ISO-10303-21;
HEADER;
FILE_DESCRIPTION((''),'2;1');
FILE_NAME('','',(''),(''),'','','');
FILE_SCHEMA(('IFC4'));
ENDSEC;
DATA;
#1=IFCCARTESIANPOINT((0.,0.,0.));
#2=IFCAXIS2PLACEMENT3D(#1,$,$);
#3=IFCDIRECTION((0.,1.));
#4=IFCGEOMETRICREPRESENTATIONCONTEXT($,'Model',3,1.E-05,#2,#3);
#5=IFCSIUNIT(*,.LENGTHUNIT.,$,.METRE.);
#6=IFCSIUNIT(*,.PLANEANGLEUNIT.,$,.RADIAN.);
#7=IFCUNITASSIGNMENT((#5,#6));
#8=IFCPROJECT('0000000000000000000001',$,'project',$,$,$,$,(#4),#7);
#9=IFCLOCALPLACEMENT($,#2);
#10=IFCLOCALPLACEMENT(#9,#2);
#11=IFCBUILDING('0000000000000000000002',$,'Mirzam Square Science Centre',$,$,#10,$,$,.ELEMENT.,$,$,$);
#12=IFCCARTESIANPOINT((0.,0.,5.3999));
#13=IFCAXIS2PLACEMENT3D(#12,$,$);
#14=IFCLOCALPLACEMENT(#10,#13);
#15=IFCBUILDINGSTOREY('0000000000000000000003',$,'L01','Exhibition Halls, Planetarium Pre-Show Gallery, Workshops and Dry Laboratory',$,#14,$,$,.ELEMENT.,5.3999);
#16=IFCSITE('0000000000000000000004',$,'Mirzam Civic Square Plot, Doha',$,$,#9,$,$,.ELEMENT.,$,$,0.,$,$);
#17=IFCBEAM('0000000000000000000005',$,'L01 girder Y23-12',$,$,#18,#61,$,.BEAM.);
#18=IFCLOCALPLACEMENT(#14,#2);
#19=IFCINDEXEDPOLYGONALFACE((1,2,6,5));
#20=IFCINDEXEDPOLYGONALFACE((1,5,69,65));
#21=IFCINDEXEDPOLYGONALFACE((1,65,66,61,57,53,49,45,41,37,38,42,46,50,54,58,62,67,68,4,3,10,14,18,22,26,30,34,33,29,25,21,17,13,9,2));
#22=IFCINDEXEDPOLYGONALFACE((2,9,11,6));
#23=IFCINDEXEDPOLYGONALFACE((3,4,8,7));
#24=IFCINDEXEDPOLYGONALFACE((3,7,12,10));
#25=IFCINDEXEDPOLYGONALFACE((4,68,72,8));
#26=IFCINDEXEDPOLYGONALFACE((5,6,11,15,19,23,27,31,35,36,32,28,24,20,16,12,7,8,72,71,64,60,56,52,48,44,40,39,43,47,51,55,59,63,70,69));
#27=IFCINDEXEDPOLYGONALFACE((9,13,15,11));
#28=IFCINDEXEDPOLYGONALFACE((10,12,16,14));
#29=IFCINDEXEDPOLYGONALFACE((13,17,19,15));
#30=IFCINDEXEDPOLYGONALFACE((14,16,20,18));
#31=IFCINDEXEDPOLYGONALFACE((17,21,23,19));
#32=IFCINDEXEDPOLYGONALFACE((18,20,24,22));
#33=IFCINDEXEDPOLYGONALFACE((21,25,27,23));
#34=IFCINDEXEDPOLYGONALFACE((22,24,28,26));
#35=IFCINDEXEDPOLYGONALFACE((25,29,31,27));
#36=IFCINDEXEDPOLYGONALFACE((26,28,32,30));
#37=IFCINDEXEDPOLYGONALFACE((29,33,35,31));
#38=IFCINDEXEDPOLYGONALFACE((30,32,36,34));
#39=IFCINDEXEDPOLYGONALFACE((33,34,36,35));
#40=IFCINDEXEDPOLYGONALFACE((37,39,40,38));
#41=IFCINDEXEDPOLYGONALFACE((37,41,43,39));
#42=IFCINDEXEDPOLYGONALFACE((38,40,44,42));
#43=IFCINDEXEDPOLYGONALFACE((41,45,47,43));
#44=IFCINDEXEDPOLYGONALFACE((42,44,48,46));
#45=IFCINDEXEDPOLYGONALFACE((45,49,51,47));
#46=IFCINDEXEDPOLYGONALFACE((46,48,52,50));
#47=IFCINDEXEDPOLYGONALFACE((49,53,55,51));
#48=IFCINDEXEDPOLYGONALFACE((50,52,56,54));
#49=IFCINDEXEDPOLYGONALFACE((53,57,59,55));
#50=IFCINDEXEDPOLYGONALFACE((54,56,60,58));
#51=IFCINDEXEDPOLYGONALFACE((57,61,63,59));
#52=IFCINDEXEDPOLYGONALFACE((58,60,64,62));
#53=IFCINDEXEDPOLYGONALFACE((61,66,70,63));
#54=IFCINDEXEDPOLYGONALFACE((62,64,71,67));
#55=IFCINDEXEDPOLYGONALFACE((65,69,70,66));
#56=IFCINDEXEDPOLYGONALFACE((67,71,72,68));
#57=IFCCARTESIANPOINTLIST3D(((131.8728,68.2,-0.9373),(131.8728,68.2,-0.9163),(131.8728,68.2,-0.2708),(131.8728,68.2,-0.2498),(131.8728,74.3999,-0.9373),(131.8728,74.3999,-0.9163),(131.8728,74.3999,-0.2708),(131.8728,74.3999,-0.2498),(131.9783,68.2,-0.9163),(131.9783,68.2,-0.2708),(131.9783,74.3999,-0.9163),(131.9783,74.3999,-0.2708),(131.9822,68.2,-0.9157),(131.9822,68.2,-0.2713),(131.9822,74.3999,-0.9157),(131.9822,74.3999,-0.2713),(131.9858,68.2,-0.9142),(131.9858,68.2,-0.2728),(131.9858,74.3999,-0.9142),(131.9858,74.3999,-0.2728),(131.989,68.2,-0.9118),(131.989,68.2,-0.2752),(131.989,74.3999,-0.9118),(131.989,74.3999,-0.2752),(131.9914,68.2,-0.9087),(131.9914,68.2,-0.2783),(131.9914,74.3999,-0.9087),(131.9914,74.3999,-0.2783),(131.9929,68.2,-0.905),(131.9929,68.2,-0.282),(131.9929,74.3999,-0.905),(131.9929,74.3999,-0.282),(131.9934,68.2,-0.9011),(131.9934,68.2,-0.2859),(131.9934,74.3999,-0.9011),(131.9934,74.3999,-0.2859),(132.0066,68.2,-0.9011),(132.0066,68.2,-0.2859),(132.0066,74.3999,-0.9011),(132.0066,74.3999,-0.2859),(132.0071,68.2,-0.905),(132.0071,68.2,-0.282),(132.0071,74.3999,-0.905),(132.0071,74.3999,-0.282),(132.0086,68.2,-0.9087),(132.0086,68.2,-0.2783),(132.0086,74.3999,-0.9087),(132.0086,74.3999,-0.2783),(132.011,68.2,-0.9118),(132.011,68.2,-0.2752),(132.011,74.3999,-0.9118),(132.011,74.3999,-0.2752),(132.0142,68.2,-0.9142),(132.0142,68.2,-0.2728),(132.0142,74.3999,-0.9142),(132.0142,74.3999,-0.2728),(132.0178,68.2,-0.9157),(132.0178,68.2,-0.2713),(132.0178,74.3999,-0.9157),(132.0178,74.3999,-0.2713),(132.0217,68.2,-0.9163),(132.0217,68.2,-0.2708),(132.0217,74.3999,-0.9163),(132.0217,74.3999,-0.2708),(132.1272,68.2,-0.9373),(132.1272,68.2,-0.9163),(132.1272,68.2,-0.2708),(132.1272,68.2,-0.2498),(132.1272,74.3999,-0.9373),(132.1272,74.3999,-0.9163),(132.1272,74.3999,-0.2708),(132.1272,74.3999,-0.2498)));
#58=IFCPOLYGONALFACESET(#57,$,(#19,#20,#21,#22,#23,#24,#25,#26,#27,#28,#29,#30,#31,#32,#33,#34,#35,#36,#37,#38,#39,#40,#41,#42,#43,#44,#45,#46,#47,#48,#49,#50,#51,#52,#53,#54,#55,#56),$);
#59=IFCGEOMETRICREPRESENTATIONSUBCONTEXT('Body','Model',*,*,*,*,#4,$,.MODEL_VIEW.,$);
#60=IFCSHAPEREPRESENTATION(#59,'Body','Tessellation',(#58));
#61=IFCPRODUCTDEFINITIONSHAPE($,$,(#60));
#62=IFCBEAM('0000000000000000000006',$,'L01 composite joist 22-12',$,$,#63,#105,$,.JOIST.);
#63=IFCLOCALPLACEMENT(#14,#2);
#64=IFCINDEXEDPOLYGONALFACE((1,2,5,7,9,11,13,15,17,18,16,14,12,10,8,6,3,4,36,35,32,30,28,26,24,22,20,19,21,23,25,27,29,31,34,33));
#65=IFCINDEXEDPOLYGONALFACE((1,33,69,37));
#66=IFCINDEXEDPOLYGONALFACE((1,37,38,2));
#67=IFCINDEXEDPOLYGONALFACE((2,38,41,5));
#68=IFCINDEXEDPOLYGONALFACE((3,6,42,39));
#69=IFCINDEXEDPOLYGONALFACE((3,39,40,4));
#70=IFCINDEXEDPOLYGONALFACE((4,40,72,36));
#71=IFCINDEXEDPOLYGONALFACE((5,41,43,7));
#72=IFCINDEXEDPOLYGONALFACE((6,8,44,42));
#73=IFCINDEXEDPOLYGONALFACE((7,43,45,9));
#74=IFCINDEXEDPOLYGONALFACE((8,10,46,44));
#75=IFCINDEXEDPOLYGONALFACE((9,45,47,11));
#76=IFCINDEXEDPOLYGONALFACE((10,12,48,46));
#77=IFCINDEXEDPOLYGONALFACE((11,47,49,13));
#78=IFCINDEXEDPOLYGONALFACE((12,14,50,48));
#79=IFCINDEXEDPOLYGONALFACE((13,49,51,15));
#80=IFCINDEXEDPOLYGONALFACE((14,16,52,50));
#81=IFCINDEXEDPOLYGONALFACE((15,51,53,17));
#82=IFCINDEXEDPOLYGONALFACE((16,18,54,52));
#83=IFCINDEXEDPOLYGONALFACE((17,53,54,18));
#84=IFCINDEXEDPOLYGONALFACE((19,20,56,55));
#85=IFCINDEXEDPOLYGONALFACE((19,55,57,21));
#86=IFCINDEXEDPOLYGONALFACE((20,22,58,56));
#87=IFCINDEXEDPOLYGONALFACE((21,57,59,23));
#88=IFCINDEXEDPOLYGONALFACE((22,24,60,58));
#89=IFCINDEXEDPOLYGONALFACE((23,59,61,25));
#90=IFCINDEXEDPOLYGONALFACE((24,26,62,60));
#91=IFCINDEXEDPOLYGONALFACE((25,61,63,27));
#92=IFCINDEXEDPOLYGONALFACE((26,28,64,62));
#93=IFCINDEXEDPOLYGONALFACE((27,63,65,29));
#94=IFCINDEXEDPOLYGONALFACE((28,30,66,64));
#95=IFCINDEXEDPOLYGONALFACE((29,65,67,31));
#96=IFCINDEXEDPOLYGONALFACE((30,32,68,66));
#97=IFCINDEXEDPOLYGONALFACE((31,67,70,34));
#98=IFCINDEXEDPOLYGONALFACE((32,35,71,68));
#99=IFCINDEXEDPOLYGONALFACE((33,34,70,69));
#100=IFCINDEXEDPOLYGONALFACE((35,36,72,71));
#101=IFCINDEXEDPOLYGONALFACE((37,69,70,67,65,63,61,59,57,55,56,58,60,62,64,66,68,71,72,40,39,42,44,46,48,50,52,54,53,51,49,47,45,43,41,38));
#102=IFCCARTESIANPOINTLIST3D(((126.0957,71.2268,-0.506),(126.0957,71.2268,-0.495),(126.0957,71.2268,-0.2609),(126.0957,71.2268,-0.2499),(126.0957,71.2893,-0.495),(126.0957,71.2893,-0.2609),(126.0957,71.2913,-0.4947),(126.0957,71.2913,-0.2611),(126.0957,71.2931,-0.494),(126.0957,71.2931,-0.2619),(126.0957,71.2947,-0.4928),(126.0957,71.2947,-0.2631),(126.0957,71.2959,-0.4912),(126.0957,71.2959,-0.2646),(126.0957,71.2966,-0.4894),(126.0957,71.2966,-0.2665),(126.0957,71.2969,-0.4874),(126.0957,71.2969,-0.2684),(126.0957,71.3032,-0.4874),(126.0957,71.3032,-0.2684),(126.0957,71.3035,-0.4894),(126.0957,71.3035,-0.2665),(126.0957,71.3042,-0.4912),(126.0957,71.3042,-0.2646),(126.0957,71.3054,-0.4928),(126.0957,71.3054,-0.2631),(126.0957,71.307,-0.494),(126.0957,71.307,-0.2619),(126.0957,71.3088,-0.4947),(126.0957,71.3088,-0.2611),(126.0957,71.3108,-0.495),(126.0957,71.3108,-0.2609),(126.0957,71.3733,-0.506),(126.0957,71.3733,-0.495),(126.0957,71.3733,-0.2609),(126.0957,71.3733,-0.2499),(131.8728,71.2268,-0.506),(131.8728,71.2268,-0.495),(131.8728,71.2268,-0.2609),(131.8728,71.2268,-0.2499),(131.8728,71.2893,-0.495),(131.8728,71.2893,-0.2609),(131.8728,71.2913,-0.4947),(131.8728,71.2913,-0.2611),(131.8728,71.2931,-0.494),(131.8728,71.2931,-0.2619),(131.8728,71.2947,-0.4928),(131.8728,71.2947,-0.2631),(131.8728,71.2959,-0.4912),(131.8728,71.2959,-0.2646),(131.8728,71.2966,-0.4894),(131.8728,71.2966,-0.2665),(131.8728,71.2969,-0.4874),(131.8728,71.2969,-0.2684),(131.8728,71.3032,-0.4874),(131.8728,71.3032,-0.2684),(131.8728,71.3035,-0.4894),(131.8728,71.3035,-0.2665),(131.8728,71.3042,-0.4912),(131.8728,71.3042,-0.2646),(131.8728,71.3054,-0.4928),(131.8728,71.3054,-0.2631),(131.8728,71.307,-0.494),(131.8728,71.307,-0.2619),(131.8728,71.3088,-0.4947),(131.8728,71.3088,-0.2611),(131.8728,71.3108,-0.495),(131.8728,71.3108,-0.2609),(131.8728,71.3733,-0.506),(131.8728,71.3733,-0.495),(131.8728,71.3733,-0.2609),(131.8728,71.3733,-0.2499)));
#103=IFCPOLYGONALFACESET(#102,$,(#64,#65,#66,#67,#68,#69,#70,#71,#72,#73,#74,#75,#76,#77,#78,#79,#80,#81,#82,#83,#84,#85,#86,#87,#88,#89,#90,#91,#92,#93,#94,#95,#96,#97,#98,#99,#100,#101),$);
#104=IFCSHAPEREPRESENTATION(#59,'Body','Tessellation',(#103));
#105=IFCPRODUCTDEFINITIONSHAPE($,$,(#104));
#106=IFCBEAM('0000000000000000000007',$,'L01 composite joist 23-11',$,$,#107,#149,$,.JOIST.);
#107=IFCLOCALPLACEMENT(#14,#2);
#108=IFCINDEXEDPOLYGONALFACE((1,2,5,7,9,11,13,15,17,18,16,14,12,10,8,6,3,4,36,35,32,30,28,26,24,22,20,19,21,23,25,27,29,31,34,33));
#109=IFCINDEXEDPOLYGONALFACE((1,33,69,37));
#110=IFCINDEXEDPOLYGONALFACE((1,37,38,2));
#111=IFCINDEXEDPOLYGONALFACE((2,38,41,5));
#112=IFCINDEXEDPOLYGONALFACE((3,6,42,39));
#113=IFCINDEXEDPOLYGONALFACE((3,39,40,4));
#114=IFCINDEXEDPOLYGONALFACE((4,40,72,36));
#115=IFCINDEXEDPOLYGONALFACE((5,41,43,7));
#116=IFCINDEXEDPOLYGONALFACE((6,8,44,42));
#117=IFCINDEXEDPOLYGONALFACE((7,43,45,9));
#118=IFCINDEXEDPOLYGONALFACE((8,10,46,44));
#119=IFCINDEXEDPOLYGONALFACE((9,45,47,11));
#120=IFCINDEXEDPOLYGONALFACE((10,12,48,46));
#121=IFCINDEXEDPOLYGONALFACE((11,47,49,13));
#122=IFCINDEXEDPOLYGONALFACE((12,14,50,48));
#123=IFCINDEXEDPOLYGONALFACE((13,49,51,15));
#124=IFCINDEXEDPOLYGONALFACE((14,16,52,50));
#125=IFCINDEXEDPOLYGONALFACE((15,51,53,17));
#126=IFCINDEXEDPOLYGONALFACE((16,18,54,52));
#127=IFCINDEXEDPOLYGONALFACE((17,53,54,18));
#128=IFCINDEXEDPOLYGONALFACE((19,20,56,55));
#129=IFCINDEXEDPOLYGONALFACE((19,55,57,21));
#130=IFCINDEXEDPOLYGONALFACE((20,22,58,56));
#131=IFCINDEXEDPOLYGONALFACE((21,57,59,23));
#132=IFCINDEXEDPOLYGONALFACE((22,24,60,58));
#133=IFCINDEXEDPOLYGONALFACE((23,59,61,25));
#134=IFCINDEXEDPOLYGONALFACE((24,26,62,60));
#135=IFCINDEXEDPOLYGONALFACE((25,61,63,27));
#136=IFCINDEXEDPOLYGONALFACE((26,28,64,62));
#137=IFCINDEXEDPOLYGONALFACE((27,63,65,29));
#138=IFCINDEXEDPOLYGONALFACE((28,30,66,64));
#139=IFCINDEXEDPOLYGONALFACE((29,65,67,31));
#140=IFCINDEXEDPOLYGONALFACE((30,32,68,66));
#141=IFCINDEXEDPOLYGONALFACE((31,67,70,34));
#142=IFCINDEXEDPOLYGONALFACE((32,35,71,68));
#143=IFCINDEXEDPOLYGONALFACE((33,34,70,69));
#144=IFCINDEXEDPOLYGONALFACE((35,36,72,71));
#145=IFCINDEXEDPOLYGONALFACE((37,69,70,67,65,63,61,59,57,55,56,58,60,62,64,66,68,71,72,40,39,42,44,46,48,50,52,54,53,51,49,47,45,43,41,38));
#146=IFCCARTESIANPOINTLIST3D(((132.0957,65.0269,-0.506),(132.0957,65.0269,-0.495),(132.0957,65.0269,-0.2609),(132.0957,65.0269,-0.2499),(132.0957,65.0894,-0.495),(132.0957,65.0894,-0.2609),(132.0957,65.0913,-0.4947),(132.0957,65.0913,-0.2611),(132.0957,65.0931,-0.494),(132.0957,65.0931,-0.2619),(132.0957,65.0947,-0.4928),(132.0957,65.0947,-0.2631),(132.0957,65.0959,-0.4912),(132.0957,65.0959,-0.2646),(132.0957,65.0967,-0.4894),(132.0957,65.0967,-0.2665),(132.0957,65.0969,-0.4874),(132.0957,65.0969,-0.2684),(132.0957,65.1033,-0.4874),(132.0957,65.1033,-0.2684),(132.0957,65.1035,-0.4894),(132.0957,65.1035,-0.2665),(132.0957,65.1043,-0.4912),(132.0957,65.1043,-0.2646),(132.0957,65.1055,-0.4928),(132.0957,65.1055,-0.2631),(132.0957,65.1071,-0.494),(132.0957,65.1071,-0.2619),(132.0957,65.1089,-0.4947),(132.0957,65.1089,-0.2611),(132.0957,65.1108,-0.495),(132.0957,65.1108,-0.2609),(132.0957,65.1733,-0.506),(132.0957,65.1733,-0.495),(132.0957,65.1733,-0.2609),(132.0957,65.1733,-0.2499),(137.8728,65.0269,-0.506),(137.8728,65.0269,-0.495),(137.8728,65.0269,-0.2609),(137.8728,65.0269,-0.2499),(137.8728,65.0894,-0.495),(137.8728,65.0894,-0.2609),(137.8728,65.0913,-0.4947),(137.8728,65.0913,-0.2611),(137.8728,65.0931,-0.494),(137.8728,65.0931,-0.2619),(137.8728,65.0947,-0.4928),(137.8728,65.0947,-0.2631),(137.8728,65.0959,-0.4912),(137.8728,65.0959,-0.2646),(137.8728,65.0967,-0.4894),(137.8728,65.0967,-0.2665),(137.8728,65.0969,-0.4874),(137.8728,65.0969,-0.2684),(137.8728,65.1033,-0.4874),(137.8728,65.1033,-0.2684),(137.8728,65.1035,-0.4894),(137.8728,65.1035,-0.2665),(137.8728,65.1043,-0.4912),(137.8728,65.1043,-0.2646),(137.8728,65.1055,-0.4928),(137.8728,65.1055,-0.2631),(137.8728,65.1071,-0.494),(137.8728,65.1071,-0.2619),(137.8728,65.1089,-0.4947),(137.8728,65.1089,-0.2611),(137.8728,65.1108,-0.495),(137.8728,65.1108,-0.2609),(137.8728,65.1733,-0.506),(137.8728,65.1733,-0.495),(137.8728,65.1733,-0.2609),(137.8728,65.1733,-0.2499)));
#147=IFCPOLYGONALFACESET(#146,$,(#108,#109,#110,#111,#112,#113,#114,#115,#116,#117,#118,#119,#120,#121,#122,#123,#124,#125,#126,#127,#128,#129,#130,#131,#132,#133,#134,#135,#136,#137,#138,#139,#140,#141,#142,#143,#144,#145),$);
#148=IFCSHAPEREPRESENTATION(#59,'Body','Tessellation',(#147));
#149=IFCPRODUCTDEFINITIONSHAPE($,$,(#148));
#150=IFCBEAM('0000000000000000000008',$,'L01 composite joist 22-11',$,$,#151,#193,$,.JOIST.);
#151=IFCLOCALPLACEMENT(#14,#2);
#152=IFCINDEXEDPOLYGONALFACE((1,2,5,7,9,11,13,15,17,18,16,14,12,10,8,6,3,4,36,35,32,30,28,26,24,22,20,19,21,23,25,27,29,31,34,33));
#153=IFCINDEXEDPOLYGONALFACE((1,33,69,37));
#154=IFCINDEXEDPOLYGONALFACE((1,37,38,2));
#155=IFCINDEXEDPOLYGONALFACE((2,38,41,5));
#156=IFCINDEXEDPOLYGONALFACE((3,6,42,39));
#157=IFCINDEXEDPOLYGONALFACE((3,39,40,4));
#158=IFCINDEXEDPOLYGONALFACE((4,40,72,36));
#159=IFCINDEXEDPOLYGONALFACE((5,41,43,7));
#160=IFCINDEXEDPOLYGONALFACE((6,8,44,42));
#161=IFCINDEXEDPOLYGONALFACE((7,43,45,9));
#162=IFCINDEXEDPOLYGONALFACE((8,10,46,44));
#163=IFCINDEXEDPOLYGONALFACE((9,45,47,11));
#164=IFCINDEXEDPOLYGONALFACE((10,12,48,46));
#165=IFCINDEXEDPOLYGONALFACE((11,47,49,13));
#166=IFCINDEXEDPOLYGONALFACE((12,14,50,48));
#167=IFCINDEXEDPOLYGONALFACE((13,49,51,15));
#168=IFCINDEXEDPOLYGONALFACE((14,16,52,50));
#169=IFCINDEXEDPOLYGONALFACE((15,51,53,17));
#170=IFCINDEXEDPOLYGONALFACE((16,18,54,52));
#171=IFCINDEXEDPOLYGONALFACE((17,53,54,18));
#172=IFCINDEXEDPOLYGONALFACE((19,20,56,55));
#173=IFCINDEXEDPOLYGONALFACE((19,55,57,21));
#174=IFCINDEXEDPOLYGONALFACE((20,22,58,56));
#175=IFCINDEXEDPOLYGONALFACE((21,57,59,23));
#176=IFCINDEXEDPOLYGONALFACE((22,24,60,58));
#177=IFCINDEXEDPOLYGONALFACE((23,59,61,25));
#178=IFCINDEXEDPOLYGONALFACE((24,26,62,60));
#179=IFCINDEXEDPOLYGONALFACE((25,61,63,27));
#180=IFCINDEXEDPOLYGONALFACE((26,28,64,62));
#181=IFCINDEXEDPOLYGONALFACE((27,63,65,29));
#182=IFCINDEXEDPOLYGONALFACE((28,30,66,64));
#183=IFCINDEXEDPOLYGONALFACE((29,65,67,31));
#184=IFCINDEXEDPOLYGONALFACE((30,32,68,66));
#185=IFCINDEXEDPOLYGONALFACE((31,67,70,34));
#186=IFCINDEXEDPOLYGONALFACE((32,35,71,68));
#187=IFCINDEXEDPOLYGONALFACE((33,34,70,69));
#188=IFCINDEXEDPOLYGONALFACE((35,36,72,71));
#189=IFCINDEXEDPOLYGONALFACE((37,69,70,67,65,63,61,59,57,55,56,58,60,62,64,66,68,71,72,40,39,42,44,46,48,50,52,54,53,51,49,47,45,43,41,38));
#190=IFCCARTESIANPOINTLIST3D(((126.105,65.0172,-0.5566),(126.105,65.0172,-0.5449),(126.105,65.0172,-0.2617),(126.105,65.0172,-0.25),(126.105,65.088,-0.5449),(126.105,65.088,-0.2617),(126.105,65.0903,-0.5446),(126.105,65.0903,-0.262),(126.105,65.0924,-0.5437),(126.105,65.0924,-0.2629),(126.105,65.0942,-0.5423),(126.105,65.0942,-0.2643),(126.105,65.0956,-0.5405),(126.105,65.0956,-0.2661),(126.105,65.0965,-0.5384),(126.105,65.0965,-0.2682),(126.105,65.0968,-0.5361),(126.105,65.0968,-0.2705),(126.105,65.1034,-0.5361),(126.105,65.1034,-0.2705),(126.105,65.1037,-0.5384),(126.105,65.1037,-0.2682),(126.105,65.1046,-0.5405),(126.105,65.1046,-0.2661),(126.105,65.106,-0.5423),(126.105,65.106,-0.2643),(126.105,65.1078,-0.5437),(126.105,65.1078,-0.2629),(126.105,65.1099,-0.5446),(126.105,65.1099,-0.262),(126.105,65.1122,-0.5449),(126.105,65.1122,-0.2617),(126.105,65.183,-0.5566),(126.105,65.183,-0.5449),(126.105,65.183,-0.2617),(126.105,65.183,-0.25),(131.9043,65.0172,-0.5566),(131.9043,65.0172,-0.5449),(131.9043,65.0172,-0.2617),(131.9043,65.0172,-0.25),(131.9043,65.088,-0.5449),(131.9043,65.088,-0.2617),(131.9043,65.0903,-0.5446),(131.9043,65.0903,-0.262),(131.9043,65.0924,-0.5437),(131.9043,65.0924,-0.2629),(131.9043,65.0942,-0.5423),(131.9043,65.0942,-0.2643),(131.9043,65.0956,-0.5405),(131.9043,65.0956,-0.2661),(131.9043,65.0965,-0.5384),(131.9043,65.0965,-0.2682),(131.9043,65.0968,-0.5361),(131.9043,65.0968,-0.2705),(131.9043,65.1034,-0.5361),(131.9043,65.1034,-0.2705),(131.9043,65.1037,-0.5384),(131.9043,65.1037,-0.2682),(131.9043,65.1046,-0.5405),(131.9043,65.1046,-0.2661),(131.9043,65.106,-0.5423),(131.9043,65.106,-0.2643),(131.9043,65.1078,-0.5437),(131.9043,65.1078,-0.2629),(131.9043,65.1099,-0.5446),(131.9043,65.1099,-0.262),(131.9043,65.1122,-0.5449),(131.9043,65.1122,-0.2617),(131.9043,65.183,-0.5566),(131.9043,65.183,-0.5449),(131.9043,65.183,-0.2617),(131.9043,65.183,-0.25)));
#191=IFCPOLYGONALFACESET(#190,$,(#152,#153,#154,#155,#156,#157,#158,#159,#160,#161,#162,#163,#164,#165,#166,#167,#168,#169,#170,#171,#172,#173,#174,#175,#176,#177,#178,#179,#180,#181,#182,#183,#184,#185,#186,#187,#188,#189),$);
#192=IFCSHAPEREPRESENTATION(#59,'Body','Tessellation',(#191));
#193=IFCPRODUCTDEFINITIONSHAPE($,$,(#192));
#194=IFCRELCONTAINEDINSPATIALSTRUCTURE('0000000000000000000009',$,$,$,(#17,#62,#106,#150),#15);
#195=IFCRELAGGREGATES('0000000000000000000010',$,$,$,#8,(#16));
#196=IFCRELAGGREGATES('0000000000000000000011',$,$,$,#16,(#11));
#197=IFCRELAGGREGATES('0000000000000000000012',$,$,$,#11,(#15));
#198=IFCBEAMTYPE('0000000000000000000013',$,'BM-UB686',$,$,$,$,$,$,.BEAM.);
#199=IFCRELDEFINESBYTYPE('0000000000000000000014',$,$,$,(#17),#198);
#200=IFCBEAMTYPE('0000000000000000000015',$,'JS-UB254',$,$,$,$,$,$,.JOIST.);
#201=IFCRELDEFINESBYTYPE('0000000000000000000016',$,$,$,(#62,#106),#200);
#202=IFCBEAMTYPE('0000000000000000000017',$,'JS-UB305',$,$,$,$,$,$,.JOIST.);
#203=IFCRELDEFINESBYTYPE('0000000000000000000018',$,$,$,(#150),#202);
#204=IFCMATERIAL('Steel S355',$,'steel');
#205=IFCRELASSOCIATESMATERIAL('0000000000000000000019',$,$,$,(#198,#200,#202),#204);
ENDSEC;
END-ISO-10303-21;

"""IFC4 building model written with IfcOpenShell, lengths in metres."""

from ifc_helpers import new_model, si_unit, direction, frame, origin, origin_2d, place, context, subcontext, project, spatial, i_section, extrude, material, material_profile, profile_set, type_object, element, save


model = new_model("IFC4")

# Units and contexts
model_context = context("Model", 3, precision=1e-05, world=origin(), true_north=direction((0.0, 1.0)))
body_context = subcontext(model_context, "Body", "Model", "MODEL_VIEW")
ifc_project = project(units=[si_unit("LENGTHUNIT", "METRE"), si_unit("PLANEANGLEUNIT", "RADIAN")], contexts=[model_context])

# Site, building, storey
site_placement = place(None, origin())
site = spatial("IfcSite", under=ifc_project, at=site_placement, Name="Mirzam Civic Square Plot, Doha", CompositionType="ELEMENT", RefElevation=0.0)
building_placement = place(site_placement, origin())
building = spatial("IfcBuilding", under=site, at=building_placement, Name="Mirzam Square Science Centre", CompositionType="ELEMENT")
storey_placement = place(building_placement, frame((0.0, 0.0, 5.3999)))
storey = spatial("IfcBuildingStorey", under=building, at=storey_placement, Name="L01", Description="Exhibition Halls, Planetarium Pre-Show Gallery, Workshops and Dry Laboratory", CompositionType="ELEMENT", Elevation=5.3999)

# Shared definitions
ifc_material_1 = material(Name="Steel S355", Category="steel")

# Beams
ifc_material_profile_1 = material_profile(ifc_material_1, i_section(OverallWidth=0.2544, OverallDepth=0.6875, WebThickness=0.0132, FlangeThickness=0.021, FilletRadius=0.0151, at=origin_2d()), Name="686x254x152UB")
ifc_profile_set_1 = profile_set([ifc_material_profile_1], Name="Steel S355")
beam_type_1 = type_object("IfcBeamType", Name="BM-UB686", PredefinedType="BEAM", material=ifc_profile_set_1)
for number, where, z_axis, x_axis, name in (
    (1, (132.0, 68.2, -0.5935), (0.0, 1.0, 0.0), (-1.0, 0.0, 0.0), "L01 girder Y23-12"),
):
    element("IfcBeam", number, at=place(storey_placement, frame(where, z_axis=z_axis, x_axis=x_axis)), inside=storey, type_object=beam_type_1, Name=name, PredefinedType="BEAM", context=body_context, shape_type="SweptSolid", body=[
        extrude(i_section(OverallWidth=0.2544, OverallDepth=0.6875, WebThickness=0.0132, FlangeThickness=0.021, FilletRadius=0.0151, at=origin_2d()), origin(), (0.0, 0.0, 1.0), 6.2),
    ])
ifc_material_profile_2 = material_profile(ifc_material_1, i_section(OverallWidth=0.1465, OverallDepth=0.2561, WebThickness=0.0063, FlangeThickness=0.011, FilletRadius=0.0076, at=origin_2d()), Name="254x146x37UB")
ifc_profile_set_2 = profile_set([ifc_material_profile_2], Name="Steel S355")
beam_type_2 = type_object("IfcBeamType", Name="JS-UB254", PredefinedType="JOIST", material=ifc_profile_set_2)
for number, where, z_axis, x_axis, name in (
    (2, (126.0957, 71.3, -0.3779), (1.0, 0.0, 0.0), (0.0, 1.0, 0.0), "L01 composite joist 22-12"),
    (3, (132.0957, 65.1001, -0.3779), (1.0, 0.0, 0.0), (0.0, 1.0, 0.0), "L01 composite joist 23-11"),
):
    element("IfcBeam", number, at=place(storey_placement, frame(where, z_axis=z_axis, x_axis=x_axis)), inside=storey, type_object=beam_type_2, Name=name, PredefinedType="JOIST", context=body_context, shape_type="SweptSolid", body=[
        extrude(i_section(OverallWidth=0.1465, OverallDepth=0.2561, WebThickness=0.0063, FlangeThickness=0.011, FilletRadius=0.0076, at=origin_2d()), origin(), (0.0, 0.0, 1.0), 5.7771),
    ])
ifc_material_profile_3 = material_profile(ifc_material_1, i_section(OverallWidth=0.1658, OverallDepth=0.3066, WebThickness=0.0066, FlangeThickness=0.0117, FilletRadius=0.0088, at=origin_2d()), Name="305x165x46UB")
ifc_profile_set_3 = profile_set([ifc_material_profile_3], Name="Steel S355")
beam_type_3 = type_object("IfcBeamType", Name="JS-UB305", PredefinedType="JOIST", material=ifc_profile_set_3)
for number, where, z_axis, x_axis, name in (
    (4, (126.105, 65.1001, -0.4033), (1.0, 0.0, 0.0), (0.0, 1.0, 0.0), "L01 composite joist 22-11"),
):
    element("IfcBeam", number, at=place(storey_placement, frame(where, z_axis=z_axis, x_axis=x_axis)), inside=storey, type_object=beam_type_3, Name=name, PredefinedType="JOIST", context=body_context, shape_type="SweptSolid", body=[
        extrude(i_section(OverallWidth=0.1658, OverallDepth=0.3066, WebThickness=0.0066, FlangeThickness=0.0117, FilletRadius=0.0088, at=origin_2d()), origin(), (0.0, 0.0, 1.0), 5.7993),
    ])

save(model, "model.ifc")
